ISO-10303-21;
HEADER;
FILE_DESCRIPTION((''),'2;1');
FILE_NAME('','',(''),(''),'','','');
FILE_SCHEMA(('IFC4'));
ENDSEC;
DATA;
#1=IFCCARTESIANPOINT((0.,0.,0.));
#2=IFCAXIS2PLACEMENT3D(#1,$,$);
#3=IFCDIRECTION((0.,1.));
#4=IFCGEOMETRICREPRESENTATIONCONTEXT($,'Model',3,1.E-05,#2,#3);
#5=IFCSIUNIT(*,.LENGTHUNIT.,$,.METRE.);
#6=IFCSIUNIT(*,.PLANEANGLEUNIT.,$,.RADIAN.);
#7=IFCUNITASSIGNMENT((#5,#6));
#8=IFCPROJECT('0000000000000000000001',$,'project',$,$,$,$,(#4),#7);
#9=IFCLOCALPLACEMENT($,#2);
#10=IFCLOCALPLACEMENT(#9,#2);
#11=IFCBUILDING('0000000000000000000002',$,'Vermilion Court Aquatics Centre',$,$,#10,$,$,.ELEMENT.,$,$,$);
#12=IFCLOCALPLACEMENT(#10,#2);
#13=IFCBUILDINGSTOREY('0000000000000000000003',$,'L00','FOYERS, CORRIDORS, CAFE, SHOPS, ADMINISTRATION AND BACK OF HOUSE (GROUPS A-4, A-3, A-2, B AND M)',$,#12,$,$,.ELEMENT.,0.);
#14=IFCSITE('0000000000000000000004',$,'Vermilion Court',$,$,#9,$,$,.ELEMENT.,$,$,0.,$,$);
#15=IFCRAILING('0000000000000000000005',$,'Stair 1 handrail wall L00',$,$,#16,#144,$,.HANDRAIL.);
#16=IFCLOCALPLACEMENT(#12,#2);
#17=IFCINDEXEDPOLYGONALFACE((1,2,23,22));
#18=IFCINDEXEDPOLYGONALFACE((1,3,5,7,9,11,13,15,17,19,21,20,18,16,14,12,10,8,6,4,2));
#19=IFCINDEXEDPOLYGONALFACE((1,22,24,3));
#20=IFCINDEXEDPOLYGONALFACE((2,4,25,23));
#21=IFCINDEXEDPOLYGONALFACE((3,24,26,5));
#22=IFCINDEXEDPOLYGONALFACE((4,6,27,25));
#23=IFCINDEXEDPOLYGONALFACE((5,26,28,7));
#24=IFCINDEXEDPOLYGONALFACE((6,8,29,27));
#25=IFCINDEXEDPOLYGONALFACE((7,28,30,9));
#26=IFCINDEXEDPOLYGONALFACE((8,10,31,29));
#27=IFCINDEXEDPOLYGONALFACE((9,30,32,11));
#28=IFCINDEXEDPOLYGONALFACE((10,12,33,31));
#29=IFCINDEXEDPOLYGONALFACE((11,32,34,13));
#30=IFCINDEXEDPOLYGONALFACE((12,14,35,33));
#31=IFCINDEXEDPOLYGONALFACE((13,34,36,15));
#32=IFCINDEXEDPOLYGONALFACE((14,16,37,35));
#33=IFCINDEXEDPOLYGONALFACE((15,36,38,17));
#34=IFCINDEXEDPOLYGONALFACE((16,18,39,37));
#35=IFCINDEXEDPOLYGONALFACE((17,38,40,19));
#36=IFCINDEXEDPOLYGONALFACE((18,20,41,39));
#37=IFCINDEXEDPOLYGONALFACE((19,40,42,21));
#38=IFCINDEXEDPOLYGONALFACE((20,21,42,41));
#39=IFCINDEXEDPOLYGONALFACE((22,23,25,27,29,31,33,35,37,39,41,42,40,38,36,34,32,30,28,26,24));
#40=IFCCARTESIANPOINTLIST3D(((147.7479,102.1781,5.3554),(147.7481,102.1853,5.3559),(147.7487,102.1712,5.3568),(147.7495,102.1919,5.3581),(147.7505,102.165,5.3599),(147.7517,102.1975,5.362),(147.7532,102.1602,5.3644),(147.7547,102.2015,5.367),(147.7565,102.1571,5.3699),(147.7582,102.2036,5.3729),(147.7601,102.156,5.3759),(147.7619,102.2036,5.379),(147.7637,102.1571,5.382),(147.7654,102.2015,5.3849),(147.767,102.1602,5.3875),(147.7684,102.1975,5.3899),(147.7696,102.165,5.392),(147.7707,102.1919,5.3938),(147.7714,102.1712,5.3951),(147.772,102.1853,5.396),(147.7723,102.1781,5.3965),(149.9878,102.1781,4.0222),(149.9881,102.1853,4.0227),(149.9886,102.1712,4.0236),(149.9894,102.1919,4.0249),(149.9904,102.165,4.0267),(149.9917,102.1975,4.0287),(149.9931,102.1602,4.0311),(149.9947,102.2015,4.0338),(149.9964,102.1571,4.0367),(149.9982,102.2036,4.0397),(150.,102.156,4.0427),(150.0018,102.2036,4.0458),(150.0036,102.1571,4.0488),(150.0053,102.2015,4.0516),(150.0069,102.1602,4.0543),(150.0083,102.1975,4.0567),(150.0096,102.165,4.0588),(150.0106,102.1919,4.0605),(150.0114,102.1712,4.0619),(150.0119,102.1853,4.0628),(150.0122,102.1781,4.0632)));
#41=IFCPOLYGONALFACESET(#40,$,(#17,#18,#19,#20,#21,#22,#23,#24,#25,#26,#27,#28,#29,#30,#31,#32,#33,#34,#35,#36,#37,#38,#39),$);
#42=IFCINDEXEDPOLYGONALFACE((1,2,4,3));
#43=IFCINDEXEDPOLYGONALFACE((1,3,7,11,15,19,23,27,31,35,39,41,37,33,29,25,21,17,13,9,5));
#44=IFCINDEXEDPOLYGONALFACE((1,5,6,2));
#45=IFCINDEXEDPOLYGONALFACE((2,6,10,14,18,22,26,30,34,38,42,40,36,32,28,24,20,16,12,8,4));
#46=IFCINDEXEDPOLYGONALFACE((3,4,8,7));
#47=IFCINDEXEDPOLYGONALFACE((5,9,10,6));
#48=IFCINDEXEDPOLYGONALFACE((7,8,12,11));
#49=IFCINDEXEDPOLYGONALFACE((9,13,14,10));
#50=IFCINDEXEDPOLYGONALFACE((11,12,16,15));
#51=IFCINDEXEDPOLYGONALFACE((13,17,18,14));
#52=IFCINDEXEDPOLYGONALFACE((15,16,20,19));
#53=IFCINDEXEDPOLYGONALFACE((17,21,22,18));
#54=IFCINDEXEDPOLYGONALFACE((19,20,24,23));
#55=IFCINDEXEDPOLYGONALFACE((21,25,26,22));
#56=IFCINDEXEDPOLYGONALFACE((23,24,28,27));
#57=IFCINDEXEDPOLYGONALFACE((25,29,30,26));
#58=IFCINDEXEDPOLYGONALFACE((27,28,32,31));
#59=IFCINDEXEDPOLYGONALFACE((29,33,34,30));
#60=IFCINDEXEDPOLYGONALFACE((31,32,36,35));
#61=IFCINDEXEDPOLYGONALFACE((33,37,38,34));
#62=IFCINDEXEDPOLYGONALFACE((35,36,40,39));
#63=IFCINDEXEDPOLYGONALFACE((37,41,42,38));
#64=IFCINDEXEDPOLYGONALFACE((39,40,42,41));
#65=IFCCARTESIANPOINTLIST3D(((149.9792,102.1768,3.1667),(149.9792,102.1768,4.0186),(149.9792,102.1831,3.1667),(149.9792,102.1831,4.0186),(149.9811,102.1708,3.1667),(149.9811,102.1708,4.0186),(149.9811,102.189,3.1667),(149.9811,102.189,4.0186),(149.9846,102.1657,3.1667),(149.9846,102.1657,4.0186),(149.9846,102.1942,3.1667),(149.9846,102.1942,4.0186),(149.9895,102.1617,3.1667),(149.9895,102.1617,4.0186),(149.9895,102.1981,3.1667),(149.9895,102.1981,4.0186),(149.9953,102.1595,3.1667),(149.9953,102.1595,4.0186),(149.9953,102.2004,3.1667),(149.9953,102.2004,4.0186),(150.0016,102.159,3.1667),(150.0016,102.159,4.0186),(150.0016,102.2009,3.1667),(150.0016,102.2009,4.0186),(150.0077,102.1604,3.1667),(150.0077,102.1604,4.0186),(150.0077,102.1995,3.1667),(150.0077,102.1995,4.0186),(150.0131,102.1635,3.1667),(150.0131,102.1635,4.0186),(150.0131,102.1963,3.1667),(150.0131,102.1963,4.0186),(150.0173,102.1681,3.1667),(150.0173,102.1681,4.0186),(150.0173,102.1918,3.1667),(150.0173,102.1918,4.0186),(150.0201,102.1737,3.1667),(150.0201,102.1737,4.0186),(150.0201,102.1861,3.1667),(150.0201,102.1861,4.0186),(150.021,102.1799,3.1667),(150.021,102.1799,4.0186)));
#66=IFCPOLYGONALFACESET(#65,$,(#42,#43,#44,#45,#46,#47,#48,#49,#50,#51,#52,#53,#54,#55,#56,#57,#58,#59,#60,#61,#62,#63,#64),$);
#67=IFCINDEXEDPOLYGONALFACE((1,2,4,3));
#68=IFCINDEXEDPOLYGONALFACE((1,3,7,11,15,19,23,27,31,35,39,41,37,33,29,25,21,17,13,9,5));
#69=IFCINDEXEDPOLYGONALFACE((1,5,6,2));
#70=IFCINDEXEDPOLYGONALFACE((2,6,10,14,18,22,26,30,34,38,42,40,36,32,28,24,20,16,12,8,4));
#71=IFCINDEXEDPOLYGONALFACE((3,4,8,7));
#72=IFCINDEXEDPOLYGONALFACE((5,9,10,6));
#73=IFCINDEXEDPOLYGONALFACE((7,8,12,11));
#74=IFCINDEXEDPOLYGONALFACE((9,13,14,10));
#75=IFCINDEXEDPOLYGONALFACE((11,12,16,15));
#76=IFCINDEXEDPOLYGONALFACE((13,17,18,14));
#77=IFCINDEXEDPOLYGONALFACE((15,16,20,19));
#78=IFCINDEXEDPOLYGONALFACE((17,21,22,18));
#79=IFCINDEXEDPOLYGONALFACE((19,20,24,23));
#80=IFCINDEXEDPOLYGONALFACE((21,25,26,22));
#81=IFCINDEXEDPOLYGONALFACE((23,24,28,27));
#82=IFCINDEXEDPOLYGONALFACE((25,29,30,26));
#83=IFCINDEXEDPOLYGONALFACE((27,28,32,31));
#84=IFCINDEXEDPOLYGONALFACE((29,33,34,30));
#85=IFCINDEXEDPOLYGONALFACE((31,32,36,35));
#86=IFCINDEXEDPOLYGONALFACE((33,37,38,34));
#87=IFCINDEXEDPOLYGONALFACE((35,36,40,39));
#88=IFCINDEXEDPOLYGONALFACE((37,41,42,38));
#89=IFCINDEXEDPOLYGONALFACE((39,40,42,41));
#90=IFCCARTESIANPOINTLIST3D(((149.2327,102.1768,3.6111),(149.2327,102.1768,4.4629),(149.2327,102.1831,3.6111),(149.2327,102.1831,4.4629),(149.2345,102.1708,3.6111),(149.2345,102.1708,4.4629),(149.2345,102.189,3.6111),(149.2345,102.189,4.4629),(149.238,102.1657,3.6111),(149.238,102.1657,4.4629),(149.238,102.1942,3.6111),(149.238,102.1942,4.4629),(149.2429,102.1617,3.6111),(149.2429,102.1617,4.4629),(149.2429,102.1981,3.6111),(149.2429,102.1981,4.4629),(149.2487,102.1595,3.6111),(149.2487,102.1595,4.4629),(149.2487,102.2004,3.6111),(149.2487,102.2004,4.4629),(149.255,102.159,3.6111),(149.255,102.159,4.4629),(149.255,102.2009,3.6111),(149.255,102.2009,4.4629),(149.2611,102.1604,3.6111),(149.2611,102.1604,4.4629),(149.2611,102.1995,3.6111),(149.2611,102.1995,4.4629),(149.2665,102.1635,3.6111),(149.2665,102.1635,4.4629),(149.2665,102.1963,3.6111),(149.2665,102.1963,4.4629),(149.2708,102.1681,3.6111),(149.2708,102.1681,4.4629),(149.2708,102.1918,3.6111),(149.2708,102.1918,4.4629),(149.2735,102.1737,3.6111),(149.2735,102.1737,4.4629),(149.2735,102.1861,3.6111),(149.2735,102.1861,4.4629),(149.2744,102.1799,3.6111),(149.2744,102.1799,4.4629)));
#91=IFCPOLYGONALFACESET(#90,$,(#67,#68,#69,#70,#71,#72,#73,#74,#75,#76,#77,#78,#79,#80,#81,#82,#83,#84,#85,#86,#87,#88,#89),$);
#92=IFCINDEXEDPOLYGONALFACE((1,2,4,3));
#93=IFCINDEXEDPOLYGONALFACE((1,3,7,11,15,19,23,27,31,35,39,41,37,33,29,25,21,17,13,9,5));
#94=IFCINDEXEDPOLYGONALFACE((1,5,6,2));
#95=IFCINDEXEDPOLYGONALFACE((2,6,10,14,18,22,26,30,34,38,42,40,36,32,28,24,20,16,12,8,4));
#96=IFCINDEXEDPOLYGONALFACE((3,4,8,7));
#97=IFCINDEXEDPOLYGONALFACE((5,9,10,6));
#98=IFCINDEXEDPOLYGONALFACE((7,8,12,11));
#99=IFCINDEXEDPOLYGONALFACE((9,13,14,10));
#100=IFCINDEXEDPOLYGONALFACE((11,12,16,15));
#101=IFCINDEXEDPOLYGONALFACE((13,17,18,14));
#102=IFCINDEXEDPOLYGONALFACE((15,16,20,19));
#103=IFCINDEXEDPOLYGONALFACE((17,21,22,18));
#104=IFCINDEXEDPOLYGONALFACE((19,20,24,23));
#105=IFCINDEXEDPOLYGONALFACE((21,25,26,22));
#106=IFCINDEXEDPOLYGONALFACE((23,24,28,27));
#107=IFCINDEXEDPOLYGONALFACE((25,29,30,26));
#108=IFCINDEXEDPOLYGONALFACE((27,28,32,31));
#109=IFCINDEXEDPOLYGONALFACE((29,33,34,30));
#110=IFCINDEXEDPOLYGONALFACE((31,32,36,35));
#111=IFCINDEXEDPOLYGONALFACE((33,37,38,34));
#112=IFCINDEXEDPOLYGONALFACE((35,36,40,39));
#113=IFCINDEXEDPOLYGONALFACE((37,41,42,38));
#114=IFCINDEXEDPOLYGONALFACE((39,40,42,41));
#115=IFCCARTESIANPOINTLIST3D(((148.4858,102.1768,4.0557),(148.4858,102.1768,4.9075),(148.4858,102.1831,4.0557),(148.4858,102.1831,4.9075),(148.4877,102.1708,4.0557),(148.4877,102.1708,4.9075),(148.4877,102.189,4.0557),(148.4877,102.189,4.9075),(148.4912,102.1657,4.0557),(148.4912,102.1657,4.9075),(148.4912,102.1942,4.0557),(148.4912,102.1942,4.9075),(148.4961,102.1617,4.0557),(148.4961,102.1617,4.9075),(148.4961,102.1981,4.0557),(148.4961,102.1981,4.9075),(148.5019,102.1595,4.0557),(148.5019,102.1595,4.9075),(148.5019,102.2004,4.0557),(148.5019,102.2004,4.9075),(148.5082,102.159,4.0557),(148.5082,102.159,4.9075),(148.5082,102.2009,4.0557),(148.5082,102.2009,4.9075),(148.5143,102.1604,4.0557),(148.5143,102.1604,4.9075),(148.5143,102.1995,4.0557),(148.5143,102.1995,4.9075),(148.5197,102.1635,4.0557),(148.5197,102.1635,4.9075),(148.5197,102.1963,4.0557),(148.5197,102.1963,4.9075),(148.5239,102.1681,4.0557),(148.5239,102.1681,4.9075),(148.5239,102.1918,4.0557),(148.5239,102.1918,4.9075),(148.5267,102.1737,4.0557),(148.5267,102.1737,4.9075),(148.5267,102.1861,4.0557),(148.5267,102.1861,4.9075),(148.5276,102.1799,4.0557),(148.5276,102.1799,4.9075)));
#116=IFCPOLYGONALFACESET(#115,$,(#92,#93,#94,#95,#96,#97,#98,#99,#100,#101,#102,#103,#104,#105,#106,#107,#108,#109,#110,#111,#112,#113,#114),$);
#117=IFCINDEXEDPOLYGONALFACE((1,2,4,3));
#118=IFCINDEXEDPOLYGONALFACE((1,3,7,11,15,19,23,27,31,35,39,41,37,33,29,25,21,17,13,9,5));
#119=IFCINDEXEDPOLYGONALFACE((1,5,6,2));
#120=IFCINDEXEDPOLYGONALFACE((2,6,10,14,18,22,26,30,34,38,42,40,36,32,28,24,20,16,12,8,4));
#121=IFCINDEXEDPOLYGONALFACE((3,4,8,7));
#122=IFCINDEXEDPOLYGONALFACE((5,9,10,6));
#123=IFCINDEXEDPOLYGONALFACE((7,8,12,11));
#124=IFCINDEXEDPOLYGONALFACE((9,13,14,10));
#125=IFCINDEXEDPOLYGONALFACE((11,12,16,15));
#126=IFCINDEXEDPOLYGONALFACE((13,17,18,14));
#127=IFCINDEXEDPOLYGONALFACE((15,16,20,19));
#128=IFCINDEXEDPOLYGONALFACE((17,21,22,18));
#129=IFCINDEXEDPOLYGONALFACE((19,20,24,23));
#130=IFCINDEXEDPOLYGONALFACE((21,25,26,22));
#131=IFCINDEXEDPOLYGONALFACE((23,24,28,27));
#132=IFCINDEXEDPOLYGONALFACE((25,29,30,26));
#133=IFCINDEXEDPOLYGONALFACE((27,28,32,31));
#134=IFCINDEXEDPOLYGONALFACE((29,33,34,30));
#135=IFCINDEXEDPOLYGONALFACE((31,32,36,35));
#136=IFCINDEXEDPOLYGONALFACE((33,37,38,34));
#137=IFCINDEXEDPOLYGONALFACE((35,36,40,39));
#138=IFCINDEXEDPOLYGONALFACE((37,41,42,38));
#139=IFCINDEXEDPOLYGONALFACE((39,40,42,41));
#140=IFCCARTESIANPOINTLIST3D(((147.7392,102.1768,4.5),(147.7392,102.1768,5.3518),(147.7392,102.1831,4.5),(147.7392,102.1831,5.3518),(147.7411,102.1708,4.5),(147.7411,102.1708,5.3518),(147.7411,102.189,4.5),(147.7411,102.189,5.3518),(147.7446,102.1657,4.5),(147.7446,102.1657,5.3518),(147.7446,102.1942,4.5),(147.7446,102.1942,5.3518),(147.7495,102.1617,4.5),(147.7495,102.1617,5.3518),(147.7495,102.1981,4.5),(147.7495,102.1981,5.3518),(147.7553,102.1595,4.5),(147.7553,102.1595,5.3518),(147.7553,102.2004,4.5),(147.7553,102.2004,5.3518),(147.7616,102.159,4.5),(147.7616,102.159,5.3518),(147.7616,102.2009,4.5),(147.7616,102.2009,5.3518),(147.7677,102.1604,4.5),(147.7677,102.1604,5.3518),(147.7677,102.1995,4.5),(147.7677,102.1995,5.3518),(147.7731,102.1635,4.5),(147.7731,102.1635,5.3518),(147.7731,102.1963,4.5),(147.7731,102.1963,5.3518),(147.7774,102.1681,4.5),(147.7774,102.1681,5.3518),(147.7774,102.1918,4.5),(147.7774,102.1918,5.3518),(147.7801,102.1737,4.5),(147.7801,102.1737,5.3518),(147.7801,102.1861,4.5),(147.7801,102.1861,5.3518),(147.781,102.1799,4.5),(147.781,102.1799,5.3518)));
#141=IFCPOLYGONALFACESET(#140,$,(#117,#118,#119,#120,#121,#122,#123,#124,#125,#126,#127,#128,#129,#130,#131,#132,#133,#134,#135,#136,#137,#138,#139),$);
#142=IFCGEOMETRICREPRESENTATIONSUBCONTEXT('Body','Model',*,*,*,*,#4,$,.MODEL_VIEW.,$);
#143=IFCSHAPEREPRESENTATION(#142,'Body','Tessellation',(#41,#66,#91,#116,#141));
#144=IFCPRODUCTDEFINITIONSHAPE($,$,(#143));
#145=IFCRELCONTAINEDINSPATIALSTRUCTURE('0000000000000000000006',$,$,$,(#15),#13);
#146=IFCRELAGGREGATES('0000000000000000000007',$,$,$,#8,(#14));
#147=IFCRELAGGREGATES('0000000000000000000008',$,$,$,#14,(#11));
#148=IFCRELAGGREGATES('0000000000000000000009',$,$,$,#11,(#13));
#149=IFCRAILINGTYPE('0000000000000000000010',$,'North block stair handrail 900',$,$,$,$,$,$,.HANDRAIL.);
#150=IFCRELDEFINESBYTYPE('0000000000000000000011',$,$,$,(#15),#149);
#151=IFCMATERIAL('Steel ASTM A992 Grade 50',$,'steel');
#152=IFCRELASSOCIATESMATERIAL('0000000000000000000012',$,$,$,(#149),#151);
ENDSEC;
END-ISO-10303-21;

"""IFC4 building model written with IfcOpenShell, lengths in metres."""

from ifc_helpers import new_model, si_unit, direction, frame, origin, origin_2d, place, context, subcontext, project, spatial, circle, extrude, material, type_object, element, save


model = new_model("IFC4")

# Units and contexts
model_context = context("Model", 3, precision=1e-05, world=origin(), true_north=direction((0.0, 1.0)))
body_context = subcontext(model_context, "Body", "Model", "MODEL_VIEW")
ifc_project = project(units=[si_unit("LENGTHUNIT", "METRE"), si_unit("PLANEANGLEUNIT", "RADIAN")], contexts=[model_context])

# Site, building, storey
site_placement = place(None, origin())
site = spatial("IfcSite", under=ifc_project, at=site_placement, Name="Vermilion Court", CompositionType="ELEMENT", RefElevation=0.0)
building_placement = place(site_placement, origin())
building = spatial("IfcBuilding", under=site, at=building_placement, Name="Vermilion Court Aquatics Centre", CompositionType="ELEMENT")
storey_placement = place(building_placement, origin())
storey = spatial("IfcBuildingStorey", under=building, at=storey_placement, Name="L00", Description="FOYERS, CORRIDORS, CAFE, SHOPS, ADMINISTRATION AND BACK OF HOUSE (GROUPS A-4, A-3, A-2, B AND M)", CompositionType="ELEMENT", Elevation=0.0)

# Railing
ifc_material_1 = material(Name="Steel ASTM A992 Grade 50", Category="steel")
railing_type_1 = type_object("IfcRailingType", Name="North block stair handrail 900", PredefinedType="HANDRAIL", material=ifc_material_1)
for number, where, name in (
    (1, (150.0, 102.1799, 3.1667), "Stair 1 handrail wall L00"),
):
    element("IfcRailing", number, at=place(storey_placement, frame(where)), inside=storey, type_object=railing_type_1, Name=name, PredefinedType="HANDRAIL", context=body_context, shape_type="SweptSolid", body=[
        extrude(circle(Radius=0.0239, at=origin_2d()), frame((0.0, 0.0, 0.876), z_axis=(-0.859306, 0.0, 0.511462), x_axis=(0.0, -1.0, 0.0)), (0.0, 0.0, 1.0), 2.6067),
        extrude(circle(Radius=0.021, at=origin_2d()), origin(), (0.0, 0.0, 1.0), 0.8518),
        extrude(circle(Radius=0.021, at=origin_2d()), frame((-0.7466, 0.0, 0.4443)), (0.0, 0.0, 1.0), 0.8518),
        extrude(circle(Radius=0.021, at=origin_2d()), frame((-1.4934, 0.0, 0.8889)), (0.0, 0.0, 1.0), 0.8518),
        extrude(circle(Radius=0.021, at=origin_2d()), frame((-2.24, 0.0, 1.3333)), (0.0, 0.0, 1.0), 0.8518),
    ])

save(model, "model.ifc")
